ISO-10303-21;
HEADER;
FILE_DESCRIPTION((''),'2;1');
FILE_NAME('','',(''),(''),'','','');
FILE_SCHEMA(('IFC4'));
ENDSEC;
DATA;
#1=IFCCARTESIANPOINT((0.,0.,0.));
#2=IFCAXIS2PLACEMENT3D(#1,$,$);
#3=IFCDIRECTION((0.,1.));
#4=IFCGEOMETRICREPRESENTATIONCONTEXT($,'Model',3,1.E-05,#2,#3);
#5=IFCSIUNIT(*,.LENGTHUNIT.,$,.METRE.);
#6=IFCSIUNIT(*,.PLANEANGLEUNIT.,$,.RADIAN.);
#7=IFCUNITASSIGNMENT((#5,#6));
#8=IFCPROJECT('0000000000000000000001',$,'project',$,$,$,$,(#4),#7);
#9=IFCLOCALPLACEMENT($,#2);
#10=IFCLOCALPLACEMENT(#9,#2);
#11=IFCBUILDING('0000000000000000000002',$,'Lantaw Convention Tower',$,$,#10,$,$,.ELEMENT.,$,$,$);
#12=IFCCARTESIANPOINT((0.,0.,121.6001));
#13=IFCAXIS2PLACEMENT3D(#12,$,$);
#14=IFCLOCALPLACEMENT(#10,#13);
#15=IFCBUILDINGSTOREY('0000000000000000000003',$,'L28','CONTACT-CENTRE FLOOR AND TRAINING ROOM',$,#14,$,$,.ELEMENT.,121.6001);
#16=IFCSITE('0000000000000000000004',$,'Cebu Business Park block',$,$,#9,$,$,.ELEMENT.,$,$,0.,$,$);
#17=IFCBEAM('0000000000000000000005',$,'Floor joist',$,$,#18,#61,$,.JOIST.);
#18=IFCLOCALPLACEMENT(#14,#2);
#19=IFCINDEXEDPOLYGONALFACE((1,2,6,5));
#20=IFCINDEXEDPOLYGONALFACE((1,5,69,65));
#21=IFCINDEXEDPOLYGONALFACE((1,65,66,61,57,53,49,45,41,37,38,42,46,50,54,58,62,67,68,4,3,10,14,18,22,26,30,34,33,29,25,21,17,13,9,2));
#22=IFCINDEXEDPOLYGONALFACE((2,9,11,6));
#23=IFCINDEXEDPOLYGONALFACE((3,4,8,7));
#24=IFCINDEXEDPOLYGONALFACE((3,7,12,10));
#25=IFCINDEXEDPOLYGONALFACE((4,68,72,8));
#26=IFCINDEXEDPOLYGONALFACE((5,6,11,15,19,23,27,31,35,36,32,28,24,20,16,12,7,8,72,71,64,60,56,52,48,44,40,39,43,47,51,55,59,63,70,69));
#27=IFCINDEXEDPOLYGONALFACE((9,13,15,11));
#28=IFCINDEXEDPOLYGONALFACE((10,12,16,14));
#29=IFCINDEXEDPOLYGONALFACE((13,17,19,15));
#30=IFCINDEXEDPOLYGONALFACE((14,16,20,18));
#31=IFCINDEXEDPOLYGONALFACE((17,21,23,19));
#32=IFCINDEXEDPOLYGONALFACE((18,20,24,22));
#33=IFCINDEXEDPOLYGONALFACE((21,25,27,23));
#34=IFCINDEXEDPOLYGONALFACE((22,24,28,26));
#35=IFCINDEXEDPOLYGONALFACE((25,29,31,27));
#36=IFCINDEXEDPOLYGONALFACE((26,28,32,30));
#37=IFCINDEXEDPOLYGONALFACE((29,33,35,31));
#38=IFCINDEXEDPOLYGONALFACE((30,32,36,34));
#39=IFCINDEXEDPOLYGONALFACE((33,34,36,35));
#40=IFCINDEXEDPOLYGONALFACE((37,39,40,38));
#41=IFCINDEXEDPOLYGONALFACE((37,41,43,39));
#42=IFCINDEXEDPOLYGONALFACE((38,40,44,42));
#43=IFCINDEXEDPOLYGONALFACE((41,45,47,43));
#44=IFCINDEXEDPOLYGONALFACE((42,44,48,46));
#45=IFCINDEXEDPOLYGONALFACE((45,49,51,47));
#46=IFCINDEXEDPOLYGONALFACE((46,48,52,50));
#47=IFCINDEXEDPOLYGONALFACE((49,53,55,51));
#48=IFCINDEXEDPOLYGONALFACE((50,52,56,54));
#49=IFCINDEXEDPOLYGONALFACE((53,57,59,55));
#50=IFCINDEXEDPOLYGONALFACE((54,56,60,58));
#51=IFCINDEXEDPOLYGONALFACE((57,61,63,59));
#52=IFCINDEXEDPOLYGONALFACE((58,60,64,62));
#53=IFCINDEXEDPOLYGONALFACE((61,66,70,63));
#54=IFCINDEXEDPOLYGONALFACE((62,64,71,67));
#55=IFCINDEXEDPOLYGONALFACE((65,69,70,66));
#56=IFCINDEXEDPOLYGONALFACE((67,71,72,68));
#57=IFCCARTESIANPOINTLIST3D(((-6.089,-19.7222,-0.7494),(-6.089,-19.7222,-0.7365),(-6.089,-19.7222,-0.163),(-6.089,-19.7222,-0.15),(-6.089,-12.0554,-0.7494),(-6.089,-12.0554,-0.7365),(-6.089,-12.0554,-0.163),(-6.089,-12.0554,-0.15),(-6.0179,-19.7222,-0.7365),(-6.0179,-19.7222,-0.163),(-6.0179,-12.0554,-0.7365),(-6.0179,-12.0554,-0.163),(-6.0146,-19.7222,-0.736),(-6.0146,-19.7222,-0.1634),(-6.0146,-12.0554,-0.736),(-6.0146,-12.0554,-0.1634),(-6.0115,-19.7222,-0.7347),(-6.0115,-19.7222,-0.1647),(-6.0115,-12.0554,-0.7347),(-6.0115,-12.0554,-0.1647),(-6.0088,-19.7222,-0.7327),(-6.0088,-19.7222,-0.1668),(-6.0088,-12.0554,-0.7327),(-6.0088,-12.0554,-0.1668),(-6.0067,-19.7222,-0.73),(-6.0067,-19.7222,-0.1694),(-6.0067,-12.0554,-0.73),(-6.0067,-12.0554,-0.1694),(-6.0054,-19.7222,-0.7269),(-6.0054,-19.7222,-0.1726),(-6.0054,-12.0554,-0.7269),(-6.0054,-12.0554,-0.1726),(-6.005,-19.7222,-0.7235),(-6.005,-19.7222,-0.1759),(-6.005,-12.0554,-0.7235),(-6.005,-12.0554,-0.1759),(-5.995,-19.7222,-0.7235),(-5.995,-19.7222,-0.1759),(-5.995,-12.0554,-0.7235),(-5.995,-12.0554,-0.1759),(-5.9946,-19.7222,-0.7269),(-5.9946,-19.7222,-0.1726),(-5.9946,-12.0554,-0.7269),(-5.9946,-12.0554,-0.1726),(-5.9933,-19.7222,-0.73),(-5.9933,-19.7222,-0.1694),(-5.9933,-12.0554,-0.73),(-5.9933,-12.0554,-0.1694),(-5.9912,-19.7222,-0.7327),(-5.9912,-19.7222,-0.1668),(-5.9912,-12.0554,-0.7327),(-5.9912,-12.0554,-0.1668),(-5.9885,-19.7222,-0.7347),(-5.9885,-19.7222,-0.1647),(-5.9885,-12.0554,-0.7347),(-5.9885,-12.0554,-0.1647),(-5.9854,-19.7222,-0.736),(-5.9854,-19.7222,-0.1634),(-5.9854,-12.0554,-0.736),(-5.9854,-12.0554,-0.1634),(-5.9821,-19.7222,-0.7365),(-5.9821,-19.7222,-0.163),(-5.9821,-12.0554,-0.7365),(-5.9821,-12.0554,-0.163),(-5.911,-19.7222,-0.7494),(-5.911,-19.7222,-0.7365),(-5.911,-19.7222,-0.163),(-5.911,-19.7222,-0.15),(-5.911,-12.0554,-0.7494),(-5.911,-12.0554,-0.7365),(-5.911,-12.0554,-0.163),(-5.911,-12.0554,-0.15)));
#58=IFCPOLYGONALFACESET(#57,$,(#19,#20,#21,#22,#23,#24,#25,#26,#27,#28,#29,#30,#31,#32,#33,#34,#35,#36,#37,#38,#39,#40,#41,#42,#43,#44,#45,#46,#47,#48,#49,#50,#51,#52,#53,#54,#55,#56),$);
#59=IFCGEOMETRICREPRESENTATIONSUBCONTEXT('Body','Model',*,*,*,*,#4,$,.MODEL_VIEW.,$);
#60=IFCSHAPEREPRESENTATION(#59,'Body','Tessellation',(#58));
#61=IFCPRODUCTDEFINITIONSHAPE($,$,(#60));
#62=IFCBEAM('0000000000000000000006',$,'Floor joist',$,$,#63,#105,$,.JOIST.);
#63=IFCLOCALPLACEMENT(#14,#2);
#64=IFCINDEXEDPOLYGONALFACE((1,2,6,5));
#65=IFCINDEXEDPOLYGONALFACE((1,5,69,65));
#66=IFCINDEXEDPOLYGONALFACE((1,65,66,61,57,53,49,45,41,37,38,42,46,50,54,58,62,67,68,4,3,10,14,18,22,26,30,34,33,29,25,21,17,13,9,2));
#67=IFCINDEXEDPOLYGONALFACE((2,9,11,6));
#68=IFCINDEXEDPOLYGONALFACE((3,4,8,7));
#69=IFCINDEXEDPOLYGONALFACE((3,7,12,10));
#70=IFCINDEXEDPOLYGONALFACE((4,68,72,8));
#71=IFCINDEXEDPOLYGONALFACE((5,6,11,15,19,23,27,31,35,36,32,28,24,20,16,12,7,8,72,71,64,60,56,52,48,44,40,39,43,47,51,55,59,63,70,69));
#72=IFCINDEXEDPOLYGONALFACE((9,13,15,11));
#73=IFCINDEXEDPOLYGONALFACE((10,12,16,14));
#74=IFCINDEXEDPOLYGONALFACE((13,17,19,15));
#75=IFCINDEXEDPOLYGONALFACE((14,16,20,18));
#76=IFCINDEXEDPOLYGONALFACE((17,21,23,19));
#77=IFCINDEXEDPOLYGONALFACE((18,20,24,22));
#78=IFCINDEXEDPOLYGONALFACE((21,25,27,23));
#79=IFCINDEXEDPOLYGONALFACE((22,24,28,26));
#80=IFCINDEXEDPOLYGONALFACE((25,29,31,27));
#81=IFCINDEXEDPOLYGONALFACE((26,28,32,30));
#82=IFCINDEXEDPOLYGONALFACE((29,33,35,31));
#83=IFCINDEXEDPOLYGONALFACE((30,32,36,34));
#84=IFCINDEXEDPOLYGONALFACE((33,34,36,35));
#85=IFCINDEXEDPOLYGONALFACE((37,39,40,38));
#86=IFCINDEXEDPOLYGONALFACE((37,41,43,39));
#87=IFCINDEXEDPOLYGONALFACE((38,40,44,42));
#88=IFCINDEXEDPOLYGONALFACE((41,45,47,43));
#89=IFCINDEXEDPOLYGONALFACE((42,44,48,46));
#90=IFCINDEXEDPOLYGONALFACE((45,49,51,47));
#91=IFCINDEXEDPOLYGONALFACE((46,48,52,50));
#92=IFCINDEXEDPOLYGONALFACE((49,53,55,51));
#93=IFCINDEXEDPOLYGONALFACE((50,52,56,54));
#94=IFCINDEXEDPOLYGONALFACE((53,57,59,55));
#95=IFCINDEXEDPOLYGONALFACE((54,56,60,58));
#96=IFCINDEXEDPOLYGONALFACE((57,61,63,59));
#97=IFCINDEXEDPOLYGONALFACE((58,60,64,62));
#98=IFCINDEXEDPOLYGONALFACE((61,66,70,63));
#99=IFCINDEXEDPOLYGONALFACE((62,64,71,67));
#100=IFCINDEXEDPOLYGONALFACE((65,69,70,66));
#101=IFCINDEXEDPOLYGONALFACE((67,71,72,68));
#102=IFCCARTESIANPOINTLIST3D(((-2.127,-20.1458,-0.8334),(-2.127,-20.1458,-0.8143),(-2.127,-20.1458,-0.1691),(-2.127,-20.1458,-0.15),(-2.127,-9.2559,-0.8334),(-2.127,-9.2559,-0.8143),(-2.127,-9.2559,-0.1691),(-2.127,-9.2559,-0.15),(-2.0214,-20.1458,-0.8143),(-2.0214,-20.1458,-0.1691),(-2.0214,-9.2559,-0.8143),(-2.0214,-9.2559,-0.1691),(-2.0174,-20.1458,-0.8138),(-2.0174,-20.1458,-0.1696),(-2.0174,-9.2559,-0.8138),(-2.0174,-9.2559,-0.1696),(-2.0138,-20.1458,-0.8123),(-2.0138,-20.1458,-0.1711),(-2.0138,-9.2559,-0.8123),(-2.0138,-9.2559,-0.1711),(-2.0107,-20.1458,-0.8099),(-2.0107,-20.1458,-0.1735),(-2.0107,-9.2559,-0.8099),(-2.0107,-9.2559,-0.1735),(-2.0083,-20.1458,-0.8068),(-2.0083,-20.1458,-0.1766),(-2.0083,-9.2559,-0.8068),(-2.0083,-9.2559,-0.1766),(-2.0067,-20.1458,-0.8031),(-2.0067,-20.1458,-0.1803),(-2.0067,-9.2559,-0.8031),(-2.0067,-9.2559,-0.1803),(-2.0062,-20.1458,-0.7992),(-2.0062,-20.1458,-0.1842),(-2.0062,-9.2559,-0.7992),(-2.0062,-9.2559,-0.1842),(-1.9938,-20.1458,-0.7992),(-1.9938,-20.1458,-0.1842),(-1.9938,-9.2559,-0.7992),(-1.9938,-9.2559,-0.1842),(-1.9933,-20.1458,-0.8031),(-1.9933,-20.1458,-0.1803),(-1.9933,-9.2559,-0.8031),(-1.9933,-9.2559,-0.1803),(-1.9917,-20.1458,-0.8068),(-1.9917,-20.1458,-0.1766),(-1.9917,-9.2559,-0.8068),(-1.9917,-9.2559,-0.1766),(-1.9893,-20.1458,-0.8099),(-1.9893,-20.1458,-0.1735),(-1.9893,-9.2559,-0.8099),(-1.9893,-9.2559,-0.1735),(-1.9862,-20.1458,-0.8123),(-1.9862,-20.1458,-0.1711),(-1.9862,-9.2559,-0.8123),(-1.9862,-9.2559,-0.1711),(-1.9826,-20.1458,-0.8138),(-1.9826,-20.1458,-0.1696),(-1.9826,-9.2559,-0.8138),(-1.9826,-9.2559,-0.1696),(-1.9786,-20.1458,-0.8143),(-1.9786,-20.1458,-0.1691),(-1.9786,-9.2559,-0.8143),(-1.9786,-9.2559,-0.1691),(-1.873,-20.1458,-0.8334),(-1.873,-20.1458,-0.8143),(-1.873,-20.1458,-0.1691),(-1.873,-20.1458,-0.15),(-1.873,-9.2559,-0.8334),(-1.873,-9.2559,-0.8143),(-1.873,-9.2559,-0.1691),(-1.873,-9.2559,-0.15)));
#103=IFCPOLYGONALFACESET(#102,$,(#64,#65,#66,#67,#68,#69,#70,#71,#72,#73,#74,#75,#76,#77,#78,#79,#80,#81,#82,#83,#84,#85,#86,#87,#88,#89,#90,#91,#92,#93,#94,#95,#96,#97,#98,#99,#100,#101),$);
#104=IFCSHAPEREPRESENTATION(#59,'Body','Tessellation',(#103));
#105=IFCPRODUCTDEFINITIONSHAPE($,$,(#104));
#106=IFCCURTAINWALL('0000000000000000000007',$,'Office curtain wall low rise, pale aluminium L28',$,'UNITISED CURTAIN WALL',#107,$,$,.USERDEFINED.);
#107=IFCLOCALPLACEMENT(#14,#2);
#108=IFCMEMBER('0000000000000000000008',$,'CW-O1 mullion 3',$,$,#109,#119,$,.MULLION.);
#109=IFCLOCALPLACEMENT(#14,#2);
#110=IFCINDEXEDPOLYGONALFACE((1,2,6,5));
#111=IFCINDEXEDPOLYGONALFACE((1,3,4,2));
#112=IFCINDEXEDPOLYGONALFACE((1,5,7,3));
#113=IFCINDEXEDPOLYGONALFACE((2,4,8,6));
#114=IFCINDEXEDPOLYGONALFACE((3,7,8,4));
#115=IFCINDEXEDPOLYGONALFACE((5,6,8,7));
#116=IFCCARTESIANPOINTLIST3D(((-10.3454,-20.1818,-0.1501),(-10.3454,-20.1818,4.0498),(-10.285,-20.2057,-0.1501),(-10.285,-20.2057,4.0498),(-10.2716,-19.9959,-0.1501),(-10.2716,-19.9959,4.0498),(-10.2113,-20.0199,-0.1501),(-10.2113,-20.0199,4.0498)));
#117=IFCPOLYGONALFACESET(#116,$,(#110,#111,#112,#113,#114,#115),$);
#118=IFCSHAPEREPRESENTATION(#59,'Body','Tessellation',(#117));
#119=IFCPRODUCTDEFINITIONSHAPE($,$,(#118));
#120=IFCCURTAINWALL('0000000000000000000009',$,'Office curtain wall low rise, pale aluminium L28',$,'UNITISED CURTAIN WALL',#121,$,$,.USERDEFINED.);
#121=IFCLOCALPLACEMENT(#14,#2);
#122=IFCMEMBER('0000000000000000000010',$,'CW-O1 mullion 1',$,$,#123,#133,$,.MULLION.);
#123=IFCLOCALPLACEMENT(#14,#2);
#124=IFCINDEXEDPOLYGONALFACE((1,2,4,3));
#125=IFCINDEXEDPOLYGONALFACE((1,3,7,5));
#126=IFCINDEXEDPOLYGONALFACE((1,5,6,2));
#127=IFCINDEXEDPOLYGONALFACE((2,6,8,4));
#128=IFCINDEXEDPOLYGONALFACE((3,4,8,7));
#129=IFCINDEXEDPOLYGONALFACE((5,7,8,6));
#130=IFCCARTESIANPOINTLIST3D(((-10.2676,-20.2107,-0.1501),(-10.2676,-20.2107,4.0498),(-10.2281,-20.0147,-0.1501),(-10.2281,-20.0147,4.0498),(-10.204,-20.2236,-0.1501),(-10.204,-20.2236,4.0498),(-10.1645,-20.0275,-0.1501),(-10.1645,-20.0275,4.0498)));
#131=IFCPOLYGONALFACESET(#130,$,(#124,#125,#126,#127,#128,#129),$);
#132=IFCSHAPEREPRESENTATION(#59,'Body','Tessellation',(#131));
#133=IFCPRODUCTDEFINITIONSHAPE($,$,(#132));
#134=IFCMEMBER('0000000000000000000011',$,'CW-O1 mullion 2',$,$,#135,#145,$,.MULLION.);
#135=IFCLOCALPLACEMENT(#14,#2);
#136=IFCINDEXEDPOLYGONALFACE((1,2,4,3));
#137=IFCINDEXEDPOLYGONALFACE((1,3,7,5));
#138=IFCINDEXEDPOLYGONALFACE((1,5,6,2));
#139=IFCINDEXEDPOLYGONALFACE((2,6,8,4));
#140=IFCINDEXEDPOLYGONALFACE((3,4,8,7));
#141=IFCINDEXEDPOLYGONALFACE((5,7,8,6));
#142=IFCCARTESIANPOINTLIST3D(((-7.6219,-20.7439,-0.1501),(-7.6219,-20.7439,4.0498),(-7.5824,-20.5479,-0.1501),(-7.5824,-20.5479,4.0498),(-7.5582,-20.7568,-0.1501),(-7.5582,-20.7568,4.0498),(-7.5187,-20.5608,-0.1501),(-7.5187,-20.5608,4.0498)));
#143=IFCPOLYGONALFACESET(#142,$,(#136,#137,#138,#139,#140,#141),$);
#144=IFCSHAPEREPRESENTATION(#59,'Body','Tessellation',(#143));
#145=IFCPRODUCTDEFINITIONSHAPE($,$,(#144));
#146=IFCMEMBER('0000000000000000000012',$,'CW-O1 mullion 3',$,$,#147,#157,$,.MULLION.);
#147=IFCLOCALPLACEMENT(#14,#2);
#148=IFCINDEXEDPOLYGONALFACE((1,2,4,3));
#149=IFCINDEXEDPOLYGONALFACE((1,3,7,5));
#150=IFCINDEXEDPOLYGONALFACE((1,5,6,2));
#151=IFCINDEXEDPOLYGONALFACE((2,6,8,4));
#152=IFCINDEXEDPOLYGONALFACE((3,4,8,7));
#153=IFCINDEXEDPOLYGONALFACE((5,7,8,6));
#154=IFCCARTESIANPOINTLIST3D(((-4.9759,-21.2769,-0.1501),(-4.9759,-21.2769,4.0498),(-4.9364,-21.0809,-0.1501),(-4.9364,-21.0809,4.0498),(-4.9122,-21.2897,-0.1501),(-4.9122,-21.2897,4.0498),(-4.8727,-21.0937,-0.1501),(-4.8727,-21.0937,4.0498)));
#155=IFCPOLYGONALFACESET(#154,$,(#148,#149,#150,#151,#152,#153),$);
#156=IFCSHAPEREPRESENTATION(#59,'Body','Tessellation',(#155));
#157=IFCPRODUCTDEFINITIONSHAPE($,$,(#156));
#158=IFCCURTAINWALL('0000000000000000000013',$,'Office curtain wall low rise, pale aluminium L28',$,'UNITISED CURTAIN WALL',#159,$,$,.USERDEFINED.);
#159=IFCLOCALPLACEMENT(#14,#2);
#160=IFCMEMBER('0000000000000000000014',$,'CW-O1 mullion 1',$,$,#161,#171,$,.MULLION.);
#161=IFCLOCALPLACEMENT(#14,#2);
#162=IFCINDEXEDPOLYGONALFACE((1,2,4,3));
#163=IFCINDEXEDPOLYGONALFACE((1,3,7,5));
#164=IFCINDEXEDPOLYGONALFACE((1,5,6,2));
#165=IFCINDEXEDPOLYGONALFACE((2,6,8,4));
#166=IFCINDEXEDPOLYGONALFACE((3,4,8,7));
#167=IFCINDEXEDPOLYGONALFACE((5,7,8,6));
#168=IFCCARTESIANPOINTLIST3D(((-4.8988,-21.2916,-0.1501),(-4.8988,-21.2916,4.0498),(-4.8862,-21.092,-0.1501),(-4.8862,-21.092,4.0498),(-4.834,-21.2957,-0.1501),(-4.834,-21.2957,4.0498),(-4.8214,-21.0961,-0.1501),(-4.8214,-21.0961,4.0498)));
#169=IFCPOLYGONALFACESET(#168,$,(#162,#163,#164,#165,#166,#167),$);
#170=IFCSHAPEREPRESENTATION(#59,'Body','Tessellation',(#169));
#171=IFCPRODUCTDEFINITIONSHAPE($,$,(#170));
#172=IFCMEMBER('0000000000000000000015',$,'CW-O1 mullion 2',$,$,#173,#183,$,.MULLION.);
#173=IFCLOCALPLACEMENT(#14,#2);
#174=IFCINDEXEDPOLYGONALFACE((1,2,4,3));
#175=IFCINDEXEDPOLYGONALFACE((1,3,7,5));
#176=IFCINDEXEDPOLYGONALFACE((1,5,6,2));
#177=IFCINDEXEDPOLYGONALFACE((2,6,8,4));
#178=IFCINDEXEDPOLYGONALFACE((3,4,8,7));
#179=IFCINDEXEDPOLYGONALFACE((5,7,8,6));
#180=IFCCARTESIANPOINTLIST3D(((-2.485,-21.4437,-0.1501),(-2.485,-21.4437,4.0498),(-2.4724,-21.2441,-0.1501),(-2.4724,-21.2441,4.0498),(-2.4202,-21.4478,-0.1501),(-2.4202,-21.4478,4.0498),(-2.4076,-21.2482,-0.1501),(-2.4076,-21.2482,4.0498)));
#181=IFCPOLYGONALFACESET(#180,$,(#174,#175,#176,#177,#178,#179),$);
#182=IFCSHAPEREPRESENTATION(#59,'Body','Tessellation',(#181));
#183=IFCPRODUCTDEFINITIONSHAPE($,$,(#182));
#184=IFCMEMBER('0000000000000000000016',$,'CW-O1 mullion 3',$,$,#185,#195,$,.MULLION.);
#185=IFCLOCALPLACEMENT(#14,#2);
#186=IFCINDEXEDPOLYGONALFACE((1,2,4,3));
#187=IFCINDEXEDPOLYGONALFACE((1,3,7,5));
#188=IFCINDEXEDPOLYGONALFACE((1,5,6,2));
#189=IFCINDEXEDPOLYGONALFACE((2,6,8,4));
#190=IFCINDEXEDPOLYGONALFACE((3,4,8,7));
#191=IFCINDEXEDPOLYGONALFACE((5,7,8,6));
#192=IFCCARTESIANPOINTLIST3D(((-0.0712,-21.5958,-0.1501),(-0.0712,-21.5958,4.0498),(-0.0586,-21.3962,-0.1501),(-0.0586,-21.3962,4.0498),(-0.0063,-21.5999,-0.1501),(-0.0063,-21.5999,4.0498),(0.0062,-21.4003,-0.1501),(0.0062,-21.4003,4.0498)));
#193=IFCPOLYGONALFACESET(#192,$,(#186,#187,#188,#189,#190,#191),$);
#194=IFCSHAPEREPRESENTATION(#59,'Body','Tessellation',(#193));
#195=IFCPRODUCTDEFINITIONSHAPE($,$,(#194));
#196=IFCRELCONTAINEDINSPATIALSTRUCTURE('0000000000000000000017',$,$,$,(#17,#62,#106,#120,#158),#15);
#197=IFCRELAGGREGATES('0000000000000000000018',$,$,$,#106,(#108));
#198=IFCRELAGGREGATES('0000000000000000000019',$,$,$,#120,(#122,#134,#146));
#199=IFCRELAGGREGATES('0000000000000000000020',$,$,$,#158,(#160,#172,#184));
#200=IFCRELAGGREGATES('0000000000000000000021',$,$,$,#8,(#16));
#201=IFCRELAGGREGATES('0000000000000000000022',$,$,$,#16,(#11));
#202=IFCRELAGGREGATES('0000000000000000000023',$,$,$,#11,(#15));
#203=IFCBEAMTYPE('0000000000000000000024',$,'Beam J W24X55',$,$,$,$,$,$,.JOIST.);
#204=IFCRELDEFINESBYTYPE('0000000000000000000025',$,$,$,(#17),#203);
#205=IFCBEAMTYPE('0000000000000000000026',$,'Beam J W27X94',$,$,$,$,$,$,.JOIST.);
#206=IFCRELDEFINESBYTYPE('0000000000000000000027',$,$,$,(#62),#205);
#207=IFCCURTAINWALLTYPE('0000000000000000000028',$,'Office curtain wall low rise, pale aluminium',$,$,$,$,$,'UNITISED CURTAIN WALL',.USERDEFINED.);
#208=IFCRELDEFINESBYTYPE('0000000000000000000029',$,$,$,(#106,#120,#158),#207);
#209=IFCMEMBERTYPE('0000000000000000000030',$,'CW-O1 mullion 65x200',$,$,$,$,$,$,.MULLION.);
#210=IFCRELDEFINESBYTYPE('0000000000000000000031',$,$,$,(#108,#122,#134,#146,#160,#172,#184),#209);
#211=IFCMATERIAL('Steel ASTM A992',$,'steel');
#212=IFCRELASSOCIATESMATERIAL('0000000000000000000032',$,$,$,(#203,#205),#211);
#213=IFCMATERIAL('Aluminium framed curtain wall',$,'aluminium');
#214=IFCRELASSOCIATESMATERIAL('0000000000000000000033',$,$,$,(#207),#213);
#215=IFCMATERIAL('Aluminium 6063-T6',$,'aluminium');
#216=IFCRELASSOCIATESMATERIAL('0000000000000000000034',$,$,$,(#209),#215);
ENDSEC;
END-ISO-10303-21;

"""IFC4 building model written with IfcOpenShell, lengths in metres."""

from ifc_helpers import new_model, si_unit, direction, frame, origin, origin_2d, place, context, subcontext, project, spatial, rectangle, i_section, extrude, material, material_profile, profile_set, type_object, element, aggregate, save


model = new_model("IFC4")

# Units and contexts
model_context = context("Model", 3, precision=1e-05, world=origin(), true_north=direction((0.0, 1.0)))
body_context = subcontext(model_context, "Body", "Model", "MODEL_VIEW")
ifc_project = project(units=[si_unit("LENGTHUNIT", "METRE"), si_unit("PLANEANGLEUNIT", "RADIAN")], contexts=[model_context])

# Site, building, storey
site_placement = place(None, origin())
site = spatial("IfcSite", under=ifc_project, at=site_placement, Name="Cebu Business Park block", CompositionType="ELEMENT", RefElevation=0.0)
building_placement = place(site_placement, origin())
building = spatial("IfcBuilding", under=site, at=building_placement, Name="Lantaw Convention Tower", CompositionType="ELEMENT")
storey_placement = place(building_placement, frame((0.0, 0.0, 121.6001)))
storey = spatial("IfcBuildingStorey", under=building, at=storey_placement, Name="L28", Description="CONTACT-CENTRE FLOOR AND TRAINING ROOM", CompositionType="ELEMENT", Elevation=121.6001)

# Beams
ifc_material_1 = material(Name="Steel ASTM A992", Category="steel")
ifc_material_profile_1 = material_profile(ifc_material_1, i_section(OverallWidth=0.178, OverallDepth=0.5994, WebThickness=0.01, FlangeThickness=0.0129, FilletRadius=0.0129, at=origin_2d()), Name="W24X55")
ifc_profile_set_1 = profile_set([ifc_material_profile_1], Name="Steel ASTM A992")
beam_type_1 = type_object("IfcBeamType", Name="Beam J W24X55", PredefinedType="JOIST", material=ifc_profile_set_1)
beam_1_placement = place(storey_placement, frame((-6.0, -19.7222, -0.4497), z_axis=(0.0, 1.0, 0.0), x_axis=(-1.0, 0.0, 0.0)))
element("IfcBeam", 1, at=beam_1_placement, inside=storey, type_object=beam_type_1, Name="Floor joist", PredefinedType="JOIST", context=body_context, shape_type="SweptSolid", body=[
    extrude(i_section(OverallWidth=0.178, OverallDepth=0.5994, WebThickness=0.01, FlangeThickness=0.0129, FilletRadius=0.0129, at=origin_2d()), origin(), (0.0, 0.0, 1.0), 7.6667),
])
ifc_material_profile_2 = material_profile(ifc_material_1, i_section(OverallWidth=0.2539, OverallDepth=0.6833, WebThickness=0.0125, FlangeThickness=0.019, FilletRadius=0.0151, at=origin_2d()), Name="W27X94")
ifc_profile_set_2 = profile_set([ifc_material_profile_2], Name="Steel ASTM A992")
beam_type_2 = type_object("IfcBeamType", Name="Beam J W27X94", PredefinedType="JOIST", material=ifc_profile_set_2)
beam_2_placement = place(storey_placement, frame((-2.0, -20.1458, -0.4917), z_axis=(0.0, 1.0, 0.0), x_axis=(-1.0, 0.0, 0.0)))
element("IfcBeam", 2, at=beam_2_placement, inside=storey, type_object=beam_type_2, Name="Floor joist", PredefinedType="JOIST", context=body_context, shape_type="SweptSolid", body=[
    extrude(i_section(OverallWidth=0.2539, OverallDepth=0.6833, WebThickness=0.0125, FlangeThickness=0.019, FilletRadius=0.0151, at=origin_2d()), origin(), (0.0, 0.0, 1.0), 10.8899),
])

# Curtain wall, member
ifc_material_2 = material(Name="Aluminium framed curtain wall", Category="aluminium")
curtain_wall_type = type_object("IfcCurtainWallType", Name="Office curtain wall low rise, pale aluminium", ElementType="UNITISED CURTAIN WALL", PredefinedType="USERDEFINED", material=ifc_material_2)
curtain_wall_1_placement = place(storey_placement, origin())
curtain_wall_1 = element("IfcCurtainWall", 3, at=curtain_wall_1_placement, inside=storey, type_object=curtain_wall_type, Name="Office curtain wall low rise, pale aluminium L28", ObjectType="UNITISED CURTAIN WALL", PredefinedType="USERDEFINED")
ifc_material_3 = material(Name="Aluminium 6063-T6", Category="aluminium")
ifc_material_profile_3 = material_profile(ifc_material_3, rectangle(XDim=0.2, YDim=0.0649, at=origin_2d()), Name="CW-O1 mullion 65x200")
ifc_profile_set_3 = profile_set([ifc_material_profile_3], Name="Aluminium 6063-T6")
member_type_1 = type_object("IfcMemberType", Name="CW-O1 mullion 65x200", PredefinedType="MULLION", material=ifc_profile_set_3)
member_1_placement = place(storey_placement, frame((-10.2783, -20.1008, -0.1501), z_axis=(0.0, 0.0, 1.0), x_axis=(0.368702, 0.929548, 0.0)))
member_1 = element("IfcMember", 4, at=member_1_placement, type_object=member_type_1, Name="CW-O1 mullion 3", PredefinedType="MULLION", context=body_context, shape_type="SweptSolid", body=[
    extrude(rectangle(XDim=0.2, YDim=0.0649, at=origin_2d()), origin(), (0.0, 0.0, 1.0), 4.2),
])

# Curtain walls, members
curtain_wall_2_placement = place(storey_placement, origin())
curtain_wall_2 = element("IfcCurtainWall", 5, at=curtain_wall_2_placement, inside=storey, type_object=curtain_wall_type, Name="Office curtain wall low rise, pale aluminium L28", ObjectType="UNITISED CURTAIN WALL", PredefinedType="USERDEFINED")
member_2_placement = place(storey_placement, frame((-10.2161, -20.1191, -0.1501), z_axis=(0.0, 0.0, 1.0), x_axis=(0.197507, 0.980302, 0.0)))
member_2 = element("IfcMember", 6, at=member_2_placement, type_object=member_type_1, Name="CW-O1 mullion 1", PredefinedType="MULLION", context=body_context, shape_type="SweptSolid", body=[
    extrude(rectangle(XDim=0.2, YDim=0.0649, at=origin_2d()), origin(), (0.0, 0.0, 1.0), 4.2),
])
member_3_placement = place(storey_placement, frame((-7.5703, -20.6523, -0.1501), z_axis=(0.0, 0.0, 1.0), x_axis=(0.197507, 0.980302, 0.0)))
member_3 = element("IfcMember", 7, at=member_3_placement, type_object=member_type_1, Name="CW-O1 mullion 2", PredefinedType="MULLION", context=body_context, shape_type="SweptSolid", body=[
    extrude(rectangle(XDim=0.2, YDim=0.0649, at=origin_2d()), origin(), (0.0, 0.0, 1.0), 4.2),
])
member_4_placement = place(storey_placement, frame((-4.9243, -21.1853, -0.1501), z_axis=(0.0, 0.0, 1.0), x_axis=(0.197507, 0.980302, 0.0)))
member_4 = element("IfcMember", 8, at=member_4_placement, type_object=member_type_1, Name="CW-O1 mullion 3", PredefinedType="MULLION", context=body_context, shape_type="SweptSolid", body=[
    extrude(rectangle(XDim=0.2, YDim=0.0649, at=origin_2d()), origin(), (0.0, 0.0, 1.0), 4.2),
])
curtain_wall_3_placement = place(storey_placement, origin())
curtain_wall_3 = element("IfcCurtainWall", 9, at=curtain_wall_3_placement, inside=storey, type_object=curtain_wall_type, Name="Office curtain wall low rise, pale aluminium L28", ObjectType="UNITISED CURTAIN WALL", PredefinedType="USERDEFINED")
member_5_placement = place(storey_placement, frame((-4.8601, -21.1938, -0.1501), z_axis=(0.0, 0.0, 1.0), x_axis=(0.062865, 0.998022, 0.0)))
member_5 = element("IfcMember", 10, at=member_5_placement, type_object=member_type_1, Name="CW-O1 mullion 1", PredefinedType="MULLION", context=body_context, shape_type="SweptSolid", body=[
    extrude(rectangle(XDim=0.2, YDim=0.0649, at=origin_2d()), origin(), (0.0, 0.0, 1.0), 4.2),
])
member_6_placement = place(storey_placement, frame((-2.4463, -21.3459, -0.1501), z_axis=(0.0, 0.0, 1.0), x_axis=(0.062865, 0.998022, 0.0)))
member_6 = element("IfcMember", 11, at=member_6_placement, type_object=member_type_1, Name="CW-O1 mullion 2", PredefinedType="MULLION", context=body_context, shape_type="SweptSolid", body=[
    extrude(rectangle(XDim=0.2, YDim=0.0649, at=origin_2d()), origin(), (0.0, 0.0, 1.0), 4.2),
])
member_7_placement = place(storey_placement, frame((-0.0325, -21.498, -0.1501), z_axis=(0.0, 0.0, 1.0), x_axis=(0.062865, 0.998022, 0.0)))
member_7 = element("IfcMember", 12, at=member_7_placement, type_object=member_type_1, Name="CW-O1 mullion 3", PredefinedType="MULLION", context=body_context, shape_type="SweptSolid", body=[
    extrude(rectangle(XDim=0.2, YDim=0.0649, at=origin_2d()), origin(), (0.0, 0.0, 1.0), 4.2),
])

aggregate(curtain_wall_1, [member_1])
aggregate(curtain_wall_2, [member_2, member_3, member_4])
aggregate(curtain_wall_3, [member_5, member_6, member_7])

save(model, "model.ifc")
